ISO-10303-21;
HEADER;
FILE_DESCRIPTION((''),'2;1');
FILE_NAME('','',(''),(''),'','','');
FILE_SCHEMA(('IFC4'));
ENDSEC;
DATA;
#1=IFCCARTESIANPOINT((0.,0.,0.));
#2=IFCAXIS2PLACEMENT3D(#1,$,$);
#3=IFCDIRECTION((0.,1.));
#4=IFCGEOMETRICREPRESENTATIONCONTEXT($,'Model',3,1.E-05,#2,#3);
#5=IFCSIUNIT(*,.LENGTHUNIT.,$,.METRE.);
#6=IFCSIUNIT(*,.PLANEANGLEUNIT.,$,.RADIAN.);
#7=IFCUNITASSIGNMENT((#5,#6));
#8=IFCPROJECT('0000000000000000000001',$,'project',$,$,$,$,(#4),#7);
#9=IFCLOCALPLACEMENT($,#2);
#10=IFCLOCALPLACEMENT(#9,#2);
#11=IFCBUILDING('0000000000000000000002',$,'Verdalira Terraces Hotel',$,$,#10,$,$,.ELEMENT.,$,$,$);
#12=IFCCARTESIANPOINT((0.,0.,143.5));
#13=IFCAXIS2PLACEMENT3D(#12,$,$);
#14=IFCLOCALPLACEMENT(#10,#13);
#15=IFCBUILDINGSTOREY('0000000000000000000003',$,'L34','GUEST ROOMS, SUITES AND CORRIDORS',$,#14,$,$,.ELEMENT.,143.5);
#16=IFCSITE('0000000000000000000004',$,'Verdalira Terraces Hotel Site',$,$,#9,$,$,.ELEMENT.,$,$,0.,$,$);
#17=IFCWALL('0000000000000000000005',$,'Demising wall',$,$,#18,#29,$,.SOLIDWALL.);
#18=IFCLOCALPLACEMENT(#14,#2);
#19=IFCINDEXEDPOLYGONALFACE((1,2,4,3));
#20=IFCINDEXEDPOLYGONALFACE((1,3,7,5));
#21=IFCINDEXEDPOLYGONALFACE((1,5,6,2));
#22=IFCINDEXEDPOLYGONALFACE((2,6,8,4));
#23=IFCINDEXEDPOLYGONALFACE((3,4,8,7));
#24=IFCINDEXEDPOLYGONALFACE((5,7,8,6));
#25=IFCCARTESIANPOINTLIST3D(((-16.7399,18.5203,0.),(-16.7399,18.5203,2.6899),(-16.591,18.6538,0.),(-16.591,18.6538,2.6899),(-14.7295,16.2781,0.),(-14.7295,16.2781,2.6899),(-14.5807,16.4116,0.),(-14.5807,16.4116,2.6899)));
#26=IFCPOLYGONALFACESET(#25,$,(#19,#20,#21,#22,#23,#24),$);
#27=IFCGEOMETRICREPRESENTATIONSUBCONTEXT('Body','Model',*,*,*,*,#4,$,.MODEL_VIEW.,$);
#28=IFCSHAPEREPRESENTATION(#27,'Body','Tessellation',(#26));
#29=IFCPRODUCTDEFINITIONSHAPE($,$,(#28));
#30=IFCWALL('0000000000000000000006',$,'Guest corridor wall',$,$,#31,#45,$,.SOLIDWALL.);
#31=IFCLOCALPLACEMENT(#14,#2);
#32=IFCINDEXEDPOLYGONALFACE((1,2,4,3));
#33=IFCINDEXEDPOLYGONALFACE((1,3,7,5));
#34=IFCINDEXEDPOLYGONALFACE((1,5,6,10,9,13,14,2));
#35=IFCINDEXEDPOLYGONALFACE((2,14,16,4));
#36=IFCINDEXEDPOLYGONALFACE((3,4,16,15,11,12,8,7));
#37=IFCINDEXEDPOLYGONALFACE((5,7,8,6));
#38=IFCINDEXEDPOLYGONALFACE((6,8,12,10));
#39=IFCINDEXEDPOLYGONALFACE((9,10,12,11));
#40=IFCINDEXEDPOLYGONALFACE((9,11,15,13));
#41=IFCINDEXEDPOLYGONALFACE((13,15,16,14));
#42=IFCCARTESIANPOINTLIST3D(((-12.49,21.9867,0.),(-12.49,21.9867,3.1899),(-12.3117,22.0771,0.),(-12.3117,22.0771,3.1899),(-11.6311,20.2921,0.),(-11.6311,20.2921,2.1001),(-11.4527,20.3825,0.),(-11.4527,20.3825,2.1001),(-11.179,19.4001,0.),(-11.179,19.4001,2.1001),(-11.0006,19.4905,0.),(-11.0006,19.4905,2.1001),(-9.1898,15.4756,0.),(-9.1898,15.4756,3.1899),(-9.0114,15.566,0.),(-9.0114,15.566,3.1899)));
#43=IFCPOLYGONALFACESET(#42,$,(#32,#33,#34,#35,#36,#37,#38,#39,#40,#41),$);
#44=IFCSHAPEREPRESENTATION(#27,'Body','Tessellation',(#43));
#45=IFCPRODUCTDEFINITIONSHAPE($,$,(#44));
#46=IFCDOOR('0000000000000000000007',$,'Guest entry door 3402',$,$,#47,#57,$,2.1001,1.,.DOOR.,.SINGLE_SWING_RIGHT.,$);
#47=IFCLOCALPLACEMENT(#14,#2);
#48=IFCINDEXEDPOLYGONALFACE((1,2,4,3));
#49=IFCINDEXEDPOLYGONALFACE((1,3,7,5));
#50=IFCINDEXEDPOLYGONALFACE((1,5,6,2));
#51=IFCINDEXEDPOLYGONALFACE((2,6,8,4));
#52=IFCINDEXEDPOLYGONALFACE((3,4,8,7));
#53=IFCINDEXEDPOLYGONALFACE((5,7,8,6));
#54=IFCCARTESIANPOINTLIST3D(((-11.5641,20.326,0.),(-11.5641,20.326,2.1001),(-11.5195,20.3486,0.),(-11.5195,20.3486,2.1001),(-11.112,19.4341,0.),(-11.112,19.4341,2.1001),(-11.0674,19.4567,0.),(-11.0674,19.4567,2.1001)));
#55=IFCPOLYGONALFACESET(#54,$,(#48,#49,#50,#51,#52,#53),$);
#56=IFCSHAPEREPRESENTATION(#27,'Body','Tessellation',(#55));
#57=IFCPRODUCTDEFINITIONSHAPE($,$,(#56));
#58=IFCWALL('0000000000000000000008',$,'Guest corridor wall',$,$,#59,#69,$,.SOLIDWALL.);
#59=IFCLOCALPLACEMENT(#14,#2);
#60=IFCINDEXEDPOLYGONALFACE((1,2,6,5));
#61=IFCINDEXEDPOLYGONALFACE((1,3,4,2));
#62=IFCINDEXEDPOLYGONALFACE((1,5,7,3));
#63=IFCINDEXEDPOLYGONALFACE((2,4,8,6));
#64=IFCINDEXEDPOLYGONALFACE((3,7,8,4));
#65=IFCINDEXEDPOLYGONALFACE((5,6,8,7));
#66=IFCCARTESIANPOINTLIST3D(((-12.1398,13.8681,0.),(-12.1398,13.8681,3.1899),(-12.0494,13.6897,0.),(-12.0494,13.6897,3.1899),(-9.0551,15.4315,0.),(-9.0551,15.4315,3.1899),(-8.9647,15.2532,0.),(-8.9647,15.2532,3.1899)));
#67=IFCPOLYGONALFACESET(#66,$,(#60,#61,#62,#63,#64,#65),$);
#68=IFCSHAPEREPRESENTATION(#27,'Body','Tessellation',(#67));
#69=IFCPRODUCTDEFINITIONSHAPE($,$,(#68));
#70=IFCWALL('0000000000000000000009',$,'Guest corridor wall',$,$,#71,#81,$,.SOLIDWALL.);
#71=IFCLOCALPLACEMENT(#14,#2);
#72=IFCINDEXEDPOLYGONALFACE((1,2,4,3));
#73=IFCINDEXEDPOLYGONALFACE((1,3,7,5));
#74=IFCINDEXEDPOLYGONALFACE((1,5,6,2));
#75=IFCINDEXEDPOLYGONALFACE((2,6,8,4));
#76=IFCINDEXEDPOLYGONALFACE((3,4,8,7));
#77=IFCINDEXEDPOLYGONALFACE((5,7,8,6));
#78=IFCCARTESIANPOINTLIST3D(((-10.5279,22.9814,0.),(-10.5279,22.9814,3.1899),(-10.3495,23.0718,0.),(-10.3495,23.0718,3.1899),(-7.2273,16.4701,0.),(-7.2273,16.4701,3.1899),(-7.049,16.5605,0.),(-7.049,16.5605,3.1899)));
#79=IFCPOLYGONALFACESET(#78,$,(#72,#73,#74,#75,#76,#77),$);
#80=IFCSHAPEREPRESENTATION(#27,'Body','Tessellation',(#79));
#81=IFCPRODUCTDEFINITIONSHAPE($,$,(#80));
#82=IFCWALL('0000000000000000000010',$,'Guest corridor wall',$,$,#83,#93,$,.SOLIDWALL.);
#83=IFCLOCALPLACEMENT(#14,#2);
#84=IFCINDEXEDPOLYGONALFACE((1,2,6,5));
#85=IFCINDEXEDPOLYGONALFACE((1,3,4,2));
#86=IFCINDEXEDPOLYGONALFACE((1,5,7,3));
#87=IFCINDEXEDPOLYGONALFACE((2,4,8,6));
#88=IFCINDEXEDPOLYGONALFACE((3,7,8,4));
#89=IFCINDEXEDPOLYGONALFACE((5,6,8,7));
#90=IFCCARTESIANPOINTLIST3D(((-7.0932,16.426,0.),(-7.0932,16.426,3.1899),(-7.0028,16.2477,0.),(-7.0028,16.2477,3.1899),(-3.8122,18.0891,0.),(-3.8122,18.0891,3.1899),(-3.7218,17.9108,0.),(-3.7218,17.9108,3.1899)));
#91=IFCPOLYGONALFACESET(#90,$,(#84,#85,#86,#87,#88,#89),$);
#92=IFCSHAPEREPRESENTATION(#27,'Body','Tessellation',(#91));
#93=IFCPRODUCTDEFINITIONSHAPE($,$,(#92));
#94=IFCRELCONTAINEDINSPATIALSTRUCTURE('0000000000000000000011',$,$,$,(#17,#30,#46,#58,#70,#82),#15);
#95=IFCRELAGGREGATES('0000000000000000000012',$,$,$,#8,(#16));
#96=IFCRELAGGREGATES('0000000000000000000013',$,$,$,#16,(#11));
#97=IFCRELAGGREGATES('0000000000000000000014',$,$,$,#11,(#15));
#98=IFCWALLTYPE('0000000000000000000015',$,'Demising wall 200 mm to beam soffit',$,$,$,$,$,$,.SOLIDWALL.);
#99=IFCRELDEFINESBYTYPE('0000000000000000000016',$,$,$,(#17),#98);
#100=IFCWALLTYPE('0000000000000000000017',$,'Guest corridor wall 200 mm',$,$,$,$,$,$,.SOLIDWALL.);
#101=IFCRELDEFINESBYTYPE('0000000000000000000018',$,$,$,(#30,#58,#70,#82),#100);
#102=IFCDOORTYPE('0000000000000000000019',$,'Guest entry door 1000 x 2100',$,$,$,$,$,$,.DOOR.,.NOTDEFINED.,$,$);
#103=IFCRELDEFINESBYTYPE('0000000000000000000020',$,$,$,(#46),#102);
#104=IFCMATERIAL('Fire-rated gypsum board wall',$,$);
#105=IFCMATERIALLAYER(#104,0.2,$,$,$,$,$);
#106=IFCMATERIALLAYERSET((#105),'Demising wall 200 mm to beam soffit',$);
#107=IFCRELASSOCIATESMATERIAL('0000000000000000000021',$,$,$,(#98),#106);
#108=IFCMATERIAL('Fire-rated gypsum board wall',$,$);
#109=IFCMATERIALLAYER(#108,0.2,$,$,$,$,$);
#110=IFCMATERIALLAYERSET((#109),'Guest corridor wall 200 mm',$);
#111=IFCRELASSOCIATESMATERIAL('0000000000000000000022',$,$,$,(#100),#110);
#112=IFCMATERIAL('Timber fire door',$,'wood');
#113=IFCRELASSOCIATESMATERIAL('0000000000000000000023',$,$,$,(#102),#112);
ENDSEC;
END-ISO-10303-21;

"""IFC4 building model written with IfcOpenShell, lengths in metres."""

from ifc_helpers import new_model, si_unit, direction, frame, frame_2d, origin, place, context, subcontext, project, spatial, rectangle, extrude, material, layer, layer_set, type_object, element, fill, save


model = new_model("IFC4")

# Units and contexts
model_context = context("Model", 3, precision=1e-05, world=origin(), true_north=direction((0.0, 1.0)))
body_context = subcontext(model_context, "Body", "Model", "MODEL_VIEW")
ifc_project = project(units=[si_unit("LENGTHUNIT", "METRE"), si_unit("PLANEANGLEUNIT", "RADIAN")], contexts=[model_context])

# Site, building, storey
site_placement = place(None, origin())
site = spatial("IfcSite", under=ifc_project, at=site_placement, Name="Verdalira Terraces Hotel Site", CompositionType="ELEMENT", RefElevation=0.0)
building_placement = place(site_placement, origin())
building = spatial("IfcBuilding", under=site, at=building_placement, Name="Verdalira Terraces Hotel", CompositionType="ELEMENT")
storey_placement = place(building_placement, frame((0.0, 0.0, 143.5)))
storey = spatial("IfcBuildingStorey", under=building, at=storey_placement, Name="L34", Description="GUEST ROOMS, SUITES AND CORRIDORS", CompositionType="ELEMENT", Elevation=143.5)

# Wall
ifc_material_1 = material(Name="Fire-rated gypsum board wall")
ifc_layer_1 = layer(ifc_material_1, 0.2)
ifc_layer_set_1 = layer_set([ifc_layer_1], Name="Demising wall 200 mm to beam soffit")
wall_type_1 = type_object("IfcWallType", Name="Demising wall 200 mm to beam soffit", PredefinedType="SOLIDWALL", material=ifc_layer_set_1)
wall_1_placement = place(storey_placement, frame((-14.655, 16.3447, 0.0), z_axis=(0.0, 0.0, 1.0), x_axis=(-0.667548, 0.744567, 0.0)))
element("IfcWall", 1, at=wall_1_placement, inside=storey, type_object=wall_type_1, Name="Demising wall", PredefinedType="SOLIDWALL", context=body_context, shape_type="SweptSolid", body=[
    extrude(rectangle(XDim=3.0115, YDim=0.2, at=frame_2d((1.5059, 0.0))), origin(), (0.0, 0.0, 1.0), 2.6899),
])

# Wall, opening, door
ifc_material_2 = material(Name="Fire-rated gypsum board wall")
ifc_layer_2 = layer(ifc_material_2, 0.2)
ifc_layer_set_2 = layer_set([ifc_layer_2], Name="Guest corridor wall 200 mm")
wall_type_2 = type_object("IfcWallType", Name="Guest corridor wall 200 mm", PredefinedType="SOLIDWALL", material=ifc_layer_set_2)
wall_2_placement = place(storey_placement, frame((-9.1006, 15.5208, 0.0), z_axis=(0.0, 0.0, 1.0), x_axis=(-0.452103, 0.891966, 0.0)))
wall_2 = element("IfcWall", 2, at=wall_2_placement, inside=storey, type_object=wall_type_2, Name="Guest corridor wall", PredefinedType="SOLIDWALL", context=body_context, shape_type="SweptSolid", body=[
    extrude(rectangle(XDim=7.2998, YDim=0.2, at=frame_2d((3.6499, 0.0))), origin(), (0.0, 0.0, 1.0), 3.1899),
])
opening_1_placement = place(wall_2_placement, frame((4.3999, 0.0, 0.0)))
opening_1 = element("IfcOpeningElement", 3, at=opening_1_placement, cuts=wall_2, PredefinedType="OPENING", context=body_context, shape_type="SweptSolid", body=[
    extrude(rectangle(XDim=1.0, YDim=2.1001, at=frame_2d((0.5, 1.05))), frame((0.0, 0.1099, 0.0), z_axis=(0.0, -1.0, 0.0), x_axis=(1.0, 0.0, 0.0)), (0.0, 0.0, 1.0), 0.22),
])
ifc_material_3 = material(Name="Timber fire door", Category="wood")
door_type_1 = type_object("IfcDoorType", Name="Guest entry door 1000 x 2100", OperationType="NOTDEFINED", PredefinedType="DOOR", material=ifc_material_3)
door_1_placement = place(opening_1_placement, origin())
door_1 = element("IfcDoor", 4, at=door_1_placement, inside=storey, type_object=door_type_1, Name="Guest entry door 3402", OperationType="SINGLE_SWING_RIGHT", OverallHeight=2.1001, OverallWidth=1.0, PredefinedType="DOOR", context=body_context, shape_type="SweptSolid", body=[
    extrude(rectangle(XDim=1.0, YDim=2.1001, at=frame_2d((0.5, 1.05))), frame((0.0, 0.0249, 0.0), z_axis=(0.0, -1.0, 0.0), x_axis=(1.0, 0.0, 0.0)), (0.0, 0.0, 1.0), 0.05),
])
fill(opening_1, door_1)

# Walls
wall_3_placement = place(storey_placement, frame((-9.01, 15.3423, 0.0), z_axis=(0.0, 0.0, 1.0), x_axis=(-0.891971, -0.452092, 0.0)))
element("IfcWall", 5, at=wall_3_placement, inside=storey, type_object=wall_type_2, Name="Guest corridor wall", PredefinedType="SOLIDWALL", context=body_context, shape_type="SweptSolid", body=[
    extrude(rectangle(XDim=3.4583, YDim=0.2, at=frame_2d((1.729, 0.0))), origin(), (0.0, 0.0, 1.0), 3.1899),
])
wall_4_placement = place(storey_placement, frame((-7.1382, 16.5154, 0.0), z_axis=(0.0, 0.0, 1.0), x_axis=(-0.45213, 0.891952, 0.0)))
element("IfcWall", 6, at=wall_4_placement, inside=storey, type_object=wall_type_2, Name="Guest corridor wall", PredefinedType="SOLIDWALL", context=body_context, shape_type="SweptSolid", body=[
    extrude(rectangle(XDim=7.3, YDim=0.2, at=frame_2d((3.6499, 0.0))), origin(), (0.0, 0.0, 1.0), 3.1899),
])
wall_5_placement = place(storey_placement, frame((-3.7668, 18.0, 0.0), z_axis=(0.0, 0.0, 1.0), x_axis=(-0.891958, -0.452118, 0.0)))
element("IfcWall", 7, at=wall_5_placement, inside=storey, type_object=wall_type_2, Name="Guest corridor wall", PredefinedType="SOLIDWALL", context=body_context, shape_type="SweptSolid", body=[
    extrude(rectangle(XDim=3.6785, YDim=0.2, at=frame_2d((1.8394, 0.0))), origin(), (0.0, 0.0, 1.0), 3.1899),
])

save(model, "model.ifc")
